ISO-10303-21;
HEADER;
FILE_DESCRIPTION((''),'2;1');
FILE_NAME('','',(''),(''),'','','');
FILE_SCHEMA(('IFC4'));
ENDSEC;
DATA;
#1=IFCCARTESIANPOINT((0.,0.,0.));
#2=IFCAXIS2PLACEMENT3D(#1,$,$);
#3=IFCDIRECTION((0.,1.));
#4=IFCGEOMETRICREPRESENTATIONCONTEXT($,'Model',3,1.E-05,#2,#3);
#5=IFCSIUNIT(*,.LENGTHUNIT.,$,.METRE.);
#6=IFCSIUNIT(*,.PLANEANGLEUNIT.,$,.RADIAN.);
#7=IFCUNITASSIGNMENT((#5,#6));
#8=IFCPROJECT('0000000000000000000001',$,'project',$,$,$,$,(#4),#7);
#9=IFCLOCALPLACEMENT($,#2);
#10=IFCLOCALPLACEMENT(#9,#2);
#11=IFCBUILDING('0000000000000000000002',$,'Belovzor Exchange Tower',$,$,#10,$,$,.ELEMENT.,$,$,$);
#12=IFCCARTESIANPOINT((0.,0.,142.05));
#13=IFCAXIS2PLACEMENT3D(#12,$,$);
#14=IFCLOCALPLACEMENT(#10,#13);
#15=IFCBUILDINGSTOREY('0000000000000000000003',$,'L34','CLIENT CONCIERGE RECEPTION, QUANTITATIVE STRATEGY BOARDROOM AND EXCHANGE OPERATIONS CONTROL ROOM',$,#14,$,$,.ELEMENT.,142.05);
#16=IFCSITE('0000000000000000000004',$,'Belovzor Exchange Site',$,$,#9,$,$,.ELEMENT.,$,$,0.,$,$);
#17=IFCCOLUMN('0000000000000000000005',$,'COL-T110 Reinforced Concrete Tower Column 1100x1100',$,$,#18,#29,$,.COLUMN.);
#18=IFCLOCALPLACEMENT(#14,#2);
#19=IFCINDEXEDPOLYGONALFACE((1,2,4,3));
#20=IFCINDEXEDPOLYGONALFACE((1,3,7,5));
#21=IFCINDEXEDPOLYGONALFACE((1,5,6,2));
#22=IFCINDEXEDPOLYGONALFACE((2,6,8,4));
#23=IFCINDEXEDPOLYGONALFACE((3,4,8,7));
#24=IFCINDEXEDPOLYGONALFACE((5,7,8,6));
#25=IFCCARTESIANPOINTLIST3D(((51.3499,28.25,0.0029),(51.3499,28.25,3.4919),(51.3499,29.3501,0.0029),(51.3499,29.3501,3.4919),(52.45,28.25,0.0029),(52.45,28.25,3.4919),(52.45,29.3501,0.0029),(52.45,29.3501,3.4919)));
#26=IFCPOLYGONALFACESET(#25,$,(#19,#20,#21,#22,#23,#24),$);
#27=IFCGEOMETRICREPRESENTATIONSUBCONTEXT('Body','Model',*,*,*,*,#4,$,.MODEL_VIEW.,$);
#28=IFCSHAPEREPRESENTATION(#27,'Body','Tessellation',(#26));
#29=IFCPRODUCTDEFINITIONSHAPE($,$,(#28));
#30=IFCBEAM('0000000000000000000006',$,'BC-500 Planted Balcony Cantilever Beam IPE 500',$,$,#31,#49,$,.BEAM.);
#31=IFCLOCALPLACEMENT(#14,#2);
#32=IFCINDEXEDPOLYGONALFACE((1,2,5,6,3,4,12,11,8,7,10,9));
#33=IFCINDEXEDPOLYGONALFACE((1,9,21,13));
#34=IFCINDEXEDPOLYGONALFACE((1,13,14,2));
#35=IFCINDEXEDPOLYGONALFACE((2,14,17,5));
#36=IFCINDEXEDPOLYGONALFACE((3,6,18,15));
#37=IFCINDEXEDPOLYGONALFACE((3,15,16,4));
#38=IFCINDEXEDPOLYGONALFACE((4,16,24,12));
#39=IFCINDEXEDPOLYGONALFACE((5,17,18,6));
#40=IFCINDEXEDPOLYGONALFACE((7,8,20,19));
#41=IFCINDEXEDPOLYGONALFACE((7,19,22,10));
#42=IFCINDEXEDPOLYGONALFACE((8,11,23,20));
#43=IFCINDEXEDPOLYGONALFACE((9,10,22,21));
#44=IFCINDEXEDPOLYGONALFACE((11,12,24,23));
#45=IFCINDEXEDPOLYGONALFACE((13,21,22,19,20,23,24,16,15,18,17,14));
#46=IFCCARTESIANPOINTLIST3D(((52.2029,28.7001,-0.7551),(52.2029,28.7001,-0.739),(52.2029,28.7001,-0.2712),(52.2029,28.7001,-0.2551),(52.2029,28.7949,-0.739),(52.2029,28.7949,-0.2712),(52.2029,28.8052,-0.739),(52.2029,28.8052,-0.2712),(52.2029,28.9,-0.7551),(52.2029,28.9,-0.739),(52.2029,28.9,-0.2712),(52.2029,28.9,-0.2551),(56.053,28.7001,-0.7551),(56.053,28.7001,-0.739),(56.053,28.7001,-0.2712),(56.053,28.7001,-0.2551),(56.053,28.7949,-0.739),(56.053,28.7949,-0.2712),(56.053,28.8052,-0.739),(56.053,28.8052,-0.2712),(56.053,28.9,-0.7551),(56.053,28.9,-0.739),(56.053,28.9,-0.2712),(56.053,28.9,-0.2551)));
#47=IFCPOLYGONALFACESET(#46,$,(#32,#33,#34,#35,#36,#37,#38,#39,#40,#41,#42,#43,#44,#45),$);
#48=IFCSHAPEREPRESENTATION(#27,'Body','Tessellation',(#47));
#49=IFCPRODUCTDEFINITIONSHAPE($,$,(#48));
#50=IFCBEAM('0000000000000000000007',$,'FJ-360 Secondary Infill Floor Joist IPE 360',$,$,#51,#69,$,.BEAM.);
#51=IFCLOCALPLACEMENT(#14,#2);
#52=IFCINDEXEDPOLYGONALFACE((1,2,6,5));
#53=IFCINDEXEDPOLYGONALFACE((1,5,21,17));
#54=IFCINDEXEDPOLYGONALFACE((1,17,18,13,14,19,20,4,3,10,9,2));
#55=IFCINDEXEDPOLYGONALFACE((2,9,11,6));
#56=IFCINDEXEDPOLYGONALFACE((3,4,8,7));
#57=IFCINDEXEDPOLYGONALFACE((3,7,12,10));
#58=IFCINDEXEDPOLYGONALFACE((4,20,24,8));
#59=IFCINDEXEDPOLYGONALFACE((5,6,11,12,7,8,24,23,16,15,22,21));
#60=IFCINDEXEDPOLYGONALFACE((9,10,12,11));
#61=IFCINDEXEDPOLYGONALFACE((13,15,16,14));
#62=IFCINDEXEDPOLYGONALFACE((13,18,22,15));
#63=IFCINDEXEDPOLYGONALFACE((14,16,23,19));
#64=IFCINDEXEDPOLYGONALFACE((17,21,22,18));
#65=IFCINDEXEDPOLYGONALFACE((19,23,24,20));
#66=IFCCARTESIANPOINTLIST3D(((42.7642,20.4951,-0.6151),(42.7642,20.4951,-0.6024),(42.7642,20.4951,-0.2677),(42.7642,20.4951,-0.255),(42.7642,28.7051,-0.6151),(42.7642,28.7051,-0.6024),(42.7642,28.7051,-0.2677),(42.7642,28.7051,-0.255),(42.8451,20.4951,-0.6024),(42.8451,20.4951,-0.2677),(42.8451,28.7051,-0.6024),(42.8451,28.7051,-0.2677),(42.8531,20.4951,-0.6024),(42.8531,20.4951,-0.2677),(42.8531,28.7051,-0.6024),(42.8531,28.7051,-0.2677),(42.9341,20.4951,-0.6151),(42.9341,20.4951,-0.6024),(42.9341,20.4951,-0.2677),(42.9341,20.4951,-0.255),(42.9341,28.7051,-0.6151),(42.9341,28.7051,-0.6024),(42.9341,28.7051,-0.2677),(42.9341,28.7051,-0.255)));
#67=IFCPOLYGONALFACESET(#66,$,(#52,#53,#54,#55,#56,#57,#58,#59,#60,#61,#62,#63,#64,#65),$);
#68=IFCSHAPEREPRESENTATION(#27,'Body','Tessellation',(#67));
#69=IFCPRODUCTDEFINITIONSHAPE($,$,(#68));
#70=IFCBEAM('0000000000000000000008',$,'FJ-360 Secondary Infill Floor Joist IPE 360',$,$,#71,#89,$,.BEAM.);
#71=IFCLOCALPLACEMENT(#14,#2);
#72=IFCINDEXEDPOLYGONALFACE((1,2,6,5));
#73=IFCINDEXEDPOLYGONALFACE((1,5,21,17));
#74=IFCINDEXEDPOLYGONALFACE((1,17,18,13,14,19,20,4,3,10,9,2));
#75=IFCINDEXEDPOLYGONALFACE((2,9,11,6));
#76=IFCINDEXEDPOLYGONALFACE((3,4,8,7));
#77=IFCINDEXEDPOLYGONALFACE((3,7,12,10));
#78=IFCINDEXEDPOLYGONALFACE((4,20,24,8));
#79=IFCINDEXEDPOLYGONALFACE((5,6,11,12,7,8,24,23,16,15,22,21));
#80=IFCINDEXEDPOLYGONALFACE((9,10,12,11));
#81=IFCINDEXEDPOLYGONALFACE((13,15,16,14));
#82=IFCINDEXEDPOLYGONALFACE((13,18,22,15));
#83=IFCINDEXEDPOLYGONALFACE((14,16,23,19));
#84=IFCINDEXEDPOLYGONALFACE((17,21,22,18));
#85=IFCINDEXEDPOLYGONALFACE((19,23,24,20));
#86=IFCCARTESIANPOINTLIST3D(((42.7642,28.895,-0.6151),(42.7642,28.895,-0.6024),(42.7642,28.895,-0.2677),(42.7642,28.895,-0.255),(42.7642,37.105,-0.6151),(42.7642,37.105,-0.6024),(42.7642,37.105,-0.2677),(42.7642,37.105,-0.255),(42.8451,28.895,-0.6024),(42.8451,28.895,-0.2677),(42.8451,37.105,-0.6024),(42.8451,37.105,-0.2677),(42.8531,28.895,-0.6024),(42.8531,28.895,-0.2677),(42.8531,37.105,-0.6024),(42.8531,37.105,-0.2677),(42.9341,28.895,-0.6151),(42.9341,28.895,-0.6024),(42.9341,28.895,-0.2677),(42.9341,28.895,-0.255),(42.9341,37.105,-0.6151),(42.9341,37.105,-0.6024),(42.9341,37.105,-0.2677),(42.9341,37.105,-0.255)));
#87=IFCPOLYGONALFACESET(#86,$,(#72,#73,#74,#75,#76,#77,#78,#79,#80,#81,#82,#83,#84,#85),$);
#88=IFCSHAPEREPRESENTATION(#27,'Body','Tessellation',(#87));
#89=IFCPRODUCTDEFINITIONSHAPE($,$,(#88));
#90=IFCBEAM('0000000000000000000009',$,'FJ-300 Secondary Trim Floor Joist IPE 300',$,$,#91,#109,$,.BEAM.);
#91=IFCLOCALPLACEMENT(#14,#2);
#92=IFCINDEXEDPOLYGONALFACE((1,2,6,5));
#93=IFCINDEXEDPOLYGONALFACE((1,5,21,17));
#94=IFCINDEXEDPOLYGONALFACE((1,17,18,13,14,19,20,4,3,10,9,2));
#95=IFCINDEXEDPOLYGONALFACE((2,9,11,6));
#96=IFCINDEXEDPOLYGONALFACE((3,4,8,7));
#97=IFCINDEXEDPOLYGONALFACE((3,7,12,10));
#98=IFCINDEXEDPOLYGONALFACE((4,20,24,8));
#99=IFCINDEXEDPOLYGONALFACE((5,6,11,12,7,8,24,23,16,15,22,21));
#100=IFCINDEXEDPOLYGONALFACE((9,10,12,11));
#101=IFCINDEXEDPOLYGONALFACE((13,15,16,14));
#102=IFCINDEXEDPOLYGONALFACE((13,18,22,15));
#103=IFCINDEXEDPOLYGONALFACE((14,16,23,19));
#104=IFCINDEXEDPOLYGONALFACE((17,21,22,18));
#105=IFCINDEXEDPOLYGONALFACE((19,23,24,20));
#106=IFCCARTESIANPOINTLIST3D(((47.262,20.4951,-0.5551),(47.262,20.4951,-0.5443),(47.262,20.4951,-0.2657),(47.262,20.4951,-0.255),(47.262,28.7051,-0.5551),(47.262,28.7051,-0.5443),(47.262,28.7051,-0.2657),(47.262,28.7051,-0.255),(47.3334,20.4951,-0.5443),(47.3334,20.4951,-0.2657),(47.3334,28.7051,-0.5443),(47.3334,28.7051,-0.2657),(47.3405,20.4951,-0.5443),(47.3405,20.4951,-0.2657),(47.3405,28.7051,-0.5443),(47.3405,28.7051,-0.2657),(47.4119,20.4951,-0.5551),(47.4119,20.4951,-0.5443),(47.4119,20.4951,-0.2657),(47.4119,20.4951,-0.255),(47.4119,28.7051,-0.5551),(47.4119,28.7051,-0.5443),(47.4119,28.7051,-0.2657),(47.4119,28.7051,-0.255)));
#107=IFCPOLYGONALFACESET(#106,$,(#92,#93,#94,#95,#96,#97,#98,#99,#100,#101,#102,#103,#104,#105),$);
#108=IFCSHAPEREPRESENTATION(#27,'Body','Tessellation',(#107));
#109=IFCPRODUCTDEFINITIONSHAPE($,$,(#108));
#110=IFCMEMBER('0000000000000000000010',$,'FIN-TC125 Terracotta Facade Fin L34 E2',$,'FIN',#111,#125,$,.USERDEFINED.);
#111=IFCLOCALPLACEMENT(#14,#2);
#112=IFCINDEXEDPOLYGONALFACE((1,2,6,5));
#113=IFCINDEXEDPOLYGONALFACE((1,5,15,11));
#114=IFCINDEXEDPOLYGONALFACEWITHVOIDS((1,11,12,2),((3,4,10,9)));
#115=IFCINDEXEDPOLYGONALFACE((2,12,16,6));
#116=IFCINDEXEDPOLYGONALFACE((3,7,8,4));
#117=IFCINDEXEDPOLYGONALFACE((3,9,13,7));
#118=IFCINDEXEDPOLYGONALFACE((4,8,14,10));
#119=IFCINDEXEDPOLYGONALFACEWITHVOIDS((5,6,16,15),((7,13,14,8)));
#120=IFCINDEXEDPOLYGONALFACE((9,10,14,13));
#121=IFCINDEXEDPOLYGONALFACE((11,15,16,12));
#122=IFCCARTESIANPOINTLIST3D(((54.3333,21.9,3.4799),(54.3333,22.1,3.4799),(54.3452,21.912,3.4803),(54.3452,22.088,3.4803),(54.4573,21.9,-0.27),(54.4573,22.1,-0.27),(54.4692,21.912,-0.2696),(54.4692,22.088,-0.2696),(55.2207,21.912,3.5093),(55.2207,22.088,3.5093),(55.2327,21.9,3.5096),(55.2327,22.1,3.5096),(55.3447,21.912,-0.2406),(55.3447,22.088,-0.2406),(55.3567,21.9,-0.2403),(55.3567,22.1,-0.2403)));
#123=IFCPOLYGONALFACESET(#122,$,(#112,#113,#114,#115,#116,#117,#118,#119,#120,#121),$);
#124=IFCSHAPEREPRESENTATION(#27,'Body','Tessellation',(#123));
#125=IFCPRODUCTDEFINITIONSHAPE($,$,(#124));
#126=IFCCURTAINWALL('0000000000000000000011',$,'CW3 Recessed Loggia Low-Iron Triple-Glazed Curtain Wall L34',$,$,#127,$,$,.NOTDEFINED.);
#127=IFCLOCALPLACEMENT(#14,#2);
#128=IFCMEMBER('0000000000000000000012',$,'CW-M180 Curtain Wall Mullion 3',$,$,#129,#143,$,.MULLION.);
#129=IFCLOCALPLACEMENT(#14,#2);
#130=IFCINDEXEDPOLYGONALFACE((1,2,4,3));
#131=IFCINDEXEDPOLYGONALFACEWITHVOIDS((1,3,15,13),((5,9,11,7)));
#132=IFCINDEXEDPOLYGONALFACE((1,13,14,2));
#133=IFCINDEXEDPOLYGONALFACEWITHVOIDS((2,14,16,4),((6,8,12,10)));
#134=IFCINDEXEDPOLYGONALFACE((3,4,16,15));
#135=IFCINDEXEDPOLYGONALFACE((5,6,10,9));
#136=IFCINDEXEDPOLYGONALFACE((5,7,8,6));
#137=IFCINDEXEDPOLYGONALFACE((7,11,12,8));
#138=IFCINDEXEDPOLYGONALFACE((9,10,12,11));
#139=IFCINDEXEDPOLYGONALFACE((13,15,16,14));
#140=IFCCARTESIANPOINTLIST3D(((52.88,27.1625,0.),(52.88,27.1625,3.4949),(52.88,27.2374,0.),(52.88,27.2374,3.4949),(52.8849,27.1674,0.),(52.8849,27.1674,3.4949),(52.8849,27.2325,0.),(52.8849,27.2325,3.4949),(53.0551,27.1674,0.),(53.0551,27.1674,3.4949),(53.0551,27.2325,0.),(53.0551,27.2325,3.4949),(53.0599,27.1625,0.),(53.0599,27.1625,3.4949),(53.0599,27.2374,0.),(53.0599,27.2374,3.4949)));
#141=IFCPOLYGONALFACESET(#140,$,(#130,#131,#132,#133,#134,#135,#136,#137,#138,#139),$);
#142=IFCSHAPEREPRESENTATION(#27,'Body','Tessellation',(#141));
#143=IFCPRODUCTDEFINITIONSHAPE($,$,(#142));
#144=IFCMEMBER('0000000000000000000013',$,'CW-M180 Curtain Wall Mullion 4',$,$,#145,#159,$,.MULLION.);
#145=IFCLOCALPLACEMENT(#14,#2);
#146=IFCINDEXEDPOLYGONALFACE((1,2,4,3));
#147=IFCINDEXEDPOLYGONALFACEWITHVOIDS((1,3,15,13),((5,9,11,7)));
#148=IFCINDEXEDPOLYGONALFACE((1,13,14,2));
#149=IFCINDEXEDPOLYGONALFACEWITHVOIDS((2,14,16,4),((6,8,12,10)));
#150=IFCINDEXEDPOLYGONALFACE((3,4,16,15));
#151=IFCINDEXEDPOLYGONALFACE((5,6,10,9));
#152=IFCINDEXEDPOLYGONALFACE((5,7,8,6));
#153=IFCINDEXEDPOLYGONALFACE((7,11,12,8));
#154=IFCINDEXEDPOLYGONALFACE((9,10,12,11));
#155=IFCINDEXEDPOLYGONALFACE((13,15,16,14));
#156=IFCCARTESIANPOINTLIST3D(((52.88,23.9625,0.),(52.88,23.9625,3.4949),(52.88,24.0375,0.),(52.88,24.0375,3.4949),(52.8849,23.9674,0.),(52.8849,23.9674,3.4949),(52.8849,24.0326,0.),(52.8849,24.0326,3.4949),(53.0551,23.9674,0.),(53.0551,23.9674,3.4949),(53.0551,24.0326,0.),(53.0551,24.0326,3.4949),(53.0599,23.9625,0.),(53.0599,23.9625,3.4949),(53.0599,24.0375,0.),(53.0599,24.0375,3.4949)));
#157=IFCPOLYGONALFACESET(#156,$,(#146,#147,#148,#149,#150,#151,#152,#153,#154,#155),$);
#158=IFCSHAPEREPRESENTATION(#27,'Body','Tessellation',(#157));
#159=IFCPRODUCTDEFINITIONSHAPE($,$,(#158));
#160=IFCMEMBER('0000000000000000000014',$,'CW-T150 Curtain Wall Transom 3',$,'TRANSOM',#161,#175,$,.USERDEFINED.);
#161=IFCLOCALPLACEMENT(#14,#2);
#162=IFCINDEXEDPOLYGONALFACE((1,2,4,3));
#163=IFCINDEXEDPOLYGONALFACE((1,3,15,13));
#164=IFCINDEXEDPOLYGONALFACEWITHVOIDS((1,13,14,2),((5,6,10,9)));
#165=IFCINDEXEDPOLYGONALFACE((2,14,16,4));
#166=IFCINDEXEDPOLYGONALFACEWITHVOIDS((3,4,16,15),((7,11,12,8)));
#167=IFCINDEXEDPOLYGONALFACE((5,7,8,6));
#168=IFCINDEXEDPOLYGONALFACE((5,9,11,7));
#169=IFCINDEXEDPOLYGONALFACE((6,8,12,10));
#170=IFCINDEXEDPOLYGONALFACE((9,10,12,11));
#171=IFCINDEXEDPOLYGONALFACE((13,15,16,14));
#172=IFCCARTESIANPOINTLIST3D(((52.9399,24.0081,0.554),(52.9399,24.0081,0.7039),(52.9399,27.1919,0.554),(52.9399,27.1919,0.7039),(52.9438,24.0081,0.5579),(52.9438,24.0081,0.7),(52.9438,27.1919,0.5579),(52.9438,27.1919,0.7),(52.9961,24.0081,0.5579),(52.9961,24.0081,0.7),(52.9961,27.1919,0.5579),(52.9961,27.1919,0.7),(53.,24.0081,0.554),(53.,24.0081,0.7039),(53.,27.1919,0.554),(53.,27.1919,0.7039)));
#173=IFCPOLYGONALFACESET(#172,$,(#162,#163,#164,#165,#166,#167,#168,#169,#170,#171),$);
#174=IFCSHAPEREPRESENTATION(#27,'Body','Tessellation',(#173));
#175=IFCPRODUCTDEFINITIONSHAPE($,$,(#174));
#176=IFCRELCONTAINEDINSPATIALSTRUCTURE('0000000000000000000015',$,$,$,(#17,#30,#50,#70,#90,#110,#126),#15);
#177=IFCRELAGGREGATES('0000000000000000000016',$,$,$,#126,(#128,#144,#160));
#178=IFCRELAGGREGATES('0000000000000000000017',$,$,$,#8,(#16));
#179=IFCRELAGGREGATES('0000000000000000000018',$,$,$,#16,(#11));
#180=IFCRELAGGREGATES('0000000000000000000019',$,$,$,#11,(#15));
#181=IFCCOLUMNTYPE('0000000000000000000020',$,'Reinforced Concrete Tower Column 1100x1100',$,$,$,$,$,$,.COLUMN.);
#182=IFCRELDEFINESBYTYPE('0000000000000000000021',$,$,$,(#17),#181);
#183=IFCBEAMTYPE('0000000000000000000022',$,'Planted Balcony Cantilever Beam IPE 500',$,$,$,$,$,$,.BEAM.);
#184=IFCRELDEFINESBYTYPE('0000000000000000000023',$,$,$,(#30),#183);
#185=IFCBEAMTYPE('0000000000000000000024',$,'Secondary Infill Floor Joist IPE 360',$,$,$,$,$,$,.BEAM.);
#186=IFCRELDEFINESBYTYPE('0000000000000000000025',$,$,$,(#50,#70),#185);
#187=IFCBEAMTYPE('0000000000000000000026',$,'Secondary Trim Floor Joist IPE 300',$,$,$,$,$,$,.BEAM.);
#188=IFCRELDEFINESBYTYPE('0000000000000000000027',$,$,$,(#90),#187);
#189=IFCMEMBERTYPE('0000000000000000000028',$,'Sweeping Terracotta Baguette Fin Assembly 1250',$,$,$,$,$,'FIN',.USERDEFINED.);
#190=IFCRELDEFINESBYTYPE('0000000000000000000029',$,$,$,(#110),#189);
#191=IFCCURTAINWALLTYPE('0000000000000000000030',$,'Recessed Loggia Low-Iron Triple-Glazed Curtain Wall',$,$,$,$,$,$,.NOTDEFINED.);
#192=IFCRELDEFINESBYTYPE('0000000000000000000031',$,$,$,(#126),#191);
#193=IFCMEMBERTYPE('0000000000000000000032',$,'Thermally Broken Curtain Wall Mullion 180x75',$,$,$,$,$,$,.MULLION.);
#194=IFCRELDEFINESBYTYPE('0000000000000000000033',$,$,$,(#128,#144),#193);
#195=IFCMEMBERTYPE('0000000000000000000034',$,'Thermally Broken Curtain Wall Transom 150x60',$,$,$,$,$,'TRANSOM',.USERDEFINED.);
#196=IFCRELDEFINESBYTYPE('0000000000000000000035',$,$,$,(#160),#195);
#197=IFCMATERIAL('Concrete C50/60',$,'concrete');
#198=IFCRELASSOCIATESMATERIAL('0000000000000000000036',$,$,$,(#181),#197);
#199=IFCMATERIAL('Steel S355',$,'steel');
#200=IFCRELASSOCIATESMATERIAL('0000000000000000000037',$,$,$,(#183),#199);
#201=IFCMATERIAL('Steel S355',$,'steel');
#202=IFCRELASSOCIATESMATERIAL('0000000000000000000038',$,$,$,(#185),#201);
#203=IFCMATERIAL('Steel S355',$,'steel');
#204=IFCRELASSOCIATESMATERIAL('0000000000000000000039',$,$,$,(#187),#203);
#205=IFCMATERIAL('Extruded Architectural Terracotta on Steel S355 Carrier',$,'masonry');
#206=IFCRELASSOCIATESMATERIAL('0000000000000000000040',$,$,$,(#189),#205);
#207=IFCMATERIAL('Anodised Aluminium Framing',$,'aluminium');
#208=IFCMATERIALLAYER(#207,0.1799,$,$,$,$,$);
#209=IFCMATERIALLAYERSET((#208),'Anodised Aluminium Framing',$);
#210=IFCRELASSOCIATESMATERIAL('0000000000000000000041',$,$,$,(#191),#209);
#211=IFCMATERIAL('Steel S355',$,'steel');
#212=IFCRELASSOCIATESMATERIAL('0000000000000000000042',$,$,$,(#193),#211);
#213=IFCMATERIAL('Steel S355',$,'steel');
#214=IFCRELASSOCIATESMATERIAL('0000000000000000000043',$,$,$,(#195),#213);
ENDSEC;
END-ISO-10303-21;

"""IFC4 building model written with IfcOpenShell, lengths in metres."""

from ifc_helpers import new_model, si_unit, direction, frame, origin, origin_2d, place, context, subcontext, project, spatial, rectangle, hollow_rectangle, i_section, extrude, material, layer, layer_set, material_profile, profile_set, type_object, element, aggregate, save


model = new_model("IFC4")

# Units and contexts
model_context = context("Model", 3, precision=1e-05, world=origin(), true_north=direction((0.0, 1.0)))
body_context = subcontext(model_context, "Body", "Model", "MODEL_VIEW")
ifc_project = project(units=[si_unit("LENGTHUNIT", "METRE"), si_unit("PLANEANGLEUNIT", "RADIAN")], contexts=[model_context])

# Site, building, storey
site_placement = place(None, origin())
site = spatial("IfcSite", under=ifc_project, at=site_placement, Name="Belovzor Exchange Site", CompositionType="ELEMENT", RefElevation=0.0)
building_placement = place(site_placement, origin())
building = spatial("IfcBuilding", under=site, at=building_placement, Name="Belovzor Exchange Tower", CompositionType="ELEMENT")
storey_placement = place(building_placement, frame((0.0, 0.0, 142.05)))
storey = spatial("IfcBuildingStorey", under=building, at=storey_placement, Name="L34", Description="CLIENT CONCIERGE RECEPTION, QUANTITATIVE STRATEGY BOARDROOM AND EXCHANGE OPERATIONS CONTROL ROOM", CompositionType="ELEMENT", Elevation=142.05)

# Column
ifc_material_1 = material(Name="Concrete C50/60", Category="concrete")
ifc_material_profile_1 = material_profile(ifc_material_1, rectangle(XDim=1.1001, YDim=1.1001, at=origin_2d()))
ifc_profile_set_1 = profile_set([ifc_material_profile_1], Name="Concrete C50/60")
column_type = type_object("IfcColumnType", Name="Reinforced Concrete Tower Column 1100x1100", PredefinedType="COLUMN", material=ifc_profile_set_1)
column_placement = place(storey_placement, frame((51.8999, 28.8, 0.0029), z_axis=(0.0, 0.0, 1.0), x_axis=(1.0, 0.0, 0.0)))
element("IfcColumn", 1, at=column_placement, inside=storey, type_object=column_type, Name="COL-T110 Reinforced Concrete Tower Column 1100x1100", PredefinedType="COLUMN", context=body_context, shape_type="SweptSolid", body=[
    extrude(rectangle(XDim=1.1001, YDim=1.1001, at=origin_2d()), origin(), (0.0, 0.0, 1.0), 3.489),
])

# Beams
ifc_material_2 = material(Name="Steel S355", Category="steel")
ifc_material_profile_2 = material_profile(ifc_material_2, i_section(OverallWidth=0.2, OverallDepth=0.5, WebThickness=0.0103, FlangeThickness=0.0161, at=origin_2d()))
ifc_profile_set_2 = profile_set([ifc_material_profile_2], Name="Steel S355")
beam_type_1 = type_object("IfcBeamType", Name="Planted Balcony Cantilever Beam IPE 500", PredefinedType="BEAM", material=ifc_profile_set_2)
beam_1_placement = place(storey_placement, frame((52.2029, 28.8, -0.5051), z_axis=(1.0, 0.0, 0.0), x_axis=(0.0, 1.0, 0.0)))
element("IfcBeam", 2, at=beam_1_placement, inside=storey, type_object=beam_type_1, Name="BC-500 Planted Balcony Cantilever Beam IPE 500", PredefinedType="BEAM", context=body_context, shape_type="SweptSolid", body=[
    extrude(i_section(OverallWidth=0.2, OverallDepth=0.5, WebThickness=0.0103, FlangeThickness=0.0161, at=origin_2d()), origin(), (0.0, 0.0, 1.0), 3.8501),
])
ifc_material_3 = material(Name="Steel S355", Category="steel")
ifc_material_profile_3 = material_profile(ifc_material_3, i_section(OverallWidth=0.1699, OverallDepth=0.3601, WebThickness=0.0081, FlangeThickness=0.0127, at=origin_2d()))
ifc_profile_set_3 = profile_set([ifc_material_profile_3], Name="Steel S355")
beam_type_2 = type_object("IfcBeamType", Name="Secondary Infill Floor Joist IPE 360", PredefinedType="BEAM", material=ifc_profile_set_3)
for number, where, z_axis, x_axis, name in (
    (3, (42.8491, 20.4951, -0.4351), (0.0, 1.0, 0.0), (-1.0, 0.0, 0.0), "FJ-360 Secondary Infill Floor Joist IPE 360"),
    (4, (42.8491, 28.895, -0.4351), (0.0, 1.0, 0.0), (-1.0, 0.0, 0.0), "FJ-360 Secondary Infill Floor Joist IPE 360"),
):
    element("IfcBeam", number, at=place(storey_placement, frame(where, z_axis=z_axis, x_axis=x_axis)), inside=storey, type_object=beam_type_2, Name=name, PredefinedType="BEAM", context=body_context, shape_type="SweptSolid", body=[
        extrude(i_section(OverallWidth=0.1699, OverallDepth=0.3601, WebThickness=0.0081, FlangeThickness=0.0127, at=origin_2d()), origin(), (0.0, 0.0, 1.0), 8.21),
    ])
ifc_material_4 = material(Name="Steel S355", Category="steel")
ifc_material_profile_4 = material_profile(ifc_material_4, i_section(OverallWidth=0.1499, OverallDepth=0.3, WebThickness=0.0071, FlangeThickness=0.0107, at=origin_2d()))
ifc_profile_set_4 = profile_set([ifc_material_profile_4], Name="Steel S355")
beam_type_3 = type_object("IfcBeamType", Name="Secondary Trim Floor Joist IPE 300", PredefinedType="BEAM", material=ifc_profile_set_4)
beam_2_placement = place(storey_placement, frame((47.3369, 20.4951, -0.405), z_axis=(0.0, 1.0, 0.0), x_axis=(-1.0, 0.0, 0.0)))
element("IfcBeam", 5, at=beam_2_placement, inside=storey, type_object=beam_type_3, Name="FJ-300 Secondary Trim Floor Joist IPE 300", PredefinedType="BEAM", context=body_context, shape_type="SweptSolid", body=[
    extrude(i_section(OverallWidth=0.1499, OverallDepth=0.3, WebThickness=0.0071, FlangeThickness=0.0107, at=origin_2d()), origin(), (0.0, 0.0, 1.0), 8.21),
])

# Member
ifc_material_5 = material(Name="Extruded Architectural Terracotta on Steel S355 Carrier", Category="masonry")
ifc_material_profile_5 = material_profile(ifc_material_5, hollow_rectangle(XDim=0.2, YDim=0.8999, WallThickness=0.012, at=origin_2d()))
ifc_profile_set_5 = profile_set([ifc_material_profile_5], Name="Extruded Architectural Terracotta on Steel S355 Carrier")
member_type_1 = type_object("IfcMemberType", Name="Sweeping Terracotta Baguette Fin Assembly 1250", ElementType="FIN", PredefinedType="USERDEFINED", material=ifc_profile_set_5)
member_1_placement = place(storey_placement, frame((54.907, 22.0, -0.2551), z_axis=(-0.033055, 0.0, 0.999454), x_axis=(0.0, -1.0, 0.0)))
element("IfcMember", 6, at=member_1_placement, inside=storey, type_object=member_type_1, Name="FIN-TC125 Terracotta Facade Fin L34 E2", ObjectType="FIN", PredefinedType="USERDEFINED", context=body_context, shape_type="SweptSolid", body=[
    extrude(hollow_rectangle(XDim=0.2, YDim=0.8999, WallThickness=0.012, at=origin_2d()), origin(), (0.0, 0.0, 1.0), 3.752),
])

# Curtain wall, members
ifc_material_6 = material(Name="Anodised Aluminium Framing", Category="aluminium")
ifc_layer_1 = layer(ifc_material_6, 0.1799)
ifc_layer_set_1 = layer_set([ifc_layer_1], Name="Anodised Aluminium Framing")
curtain_wall_type = type_object("IfcCurtainWallType", Name="Recessed Loggia Low-Iron Triple-Glazed Curtain Wall", PredefinedType="NOTDEFINED", material=ifc_layer_set_1)
curtain_wall_placement = place(storey_placement, origin())
curtain_wall = element("IfcCurtainWall", 7, at=curtain_wall_placement, inside=storey, type_object=curtain_wall_type, Name="CW3 Recessed Loggia Low-Iron Triple-Glazed Curtain Wall L34", PredefinedType="NOTDEFINED")
ifc_material_7 = material(Name="Steel S355", Category="steel")
ifc_material_profile_6 = material_profile(ifc_material_7, hollow_rectangle(XDim=0.075, YDim=0.1799, WallThickness=0.0049, at=origin_2d()))
ifc_profile_set_6 = profile_set([ifc_material_profile_6], Name="Steel S355")
member_type_2 = type_object("IfcMemberType", Name="Thermally Broken Curtain Wall Mullion 180x75", PredefinedType="MULLION", material=ifc_profile_set_6)
member_2_placement = place(storey_placement, frame((52.97, 27.2, 0.0), z_axis=(0.0, 0.0, 1.0), x_axis=(0.0, -1.0, 0.0)))
member_2 = element("IfcMember", 8, at=member_2_placement, type_object=member_type_2, Name="CW-M180 Curtain Wall Mullion 3", PredefinedType="MULLION", context=body_context, shape_type="SweptSolid", body=[
    extrude(hollow_rectangle(XDim=0.075, YDim=0.1799, WallThickness=0.0049, at=origin_2d()), origin(), (0.0, 0.0, 1.0), 3.4949),
])
member_3_placement = place(storey_placement, frame((52.97, 24.0, 0.0), z_axis=(0.0, 0.0, 1.0), x_axis=(0.0, -1.0, 0.0)))
member_3 = element("IfcMember", 9, at=member_3_placement, type_object=member_type_2, Name="CW-M180 Curtain Wall Mullion 4", PredefinedType="MULLION", context=body_context, shape_type="SweptSolid", body=[
    extrude(hollow_rectangle(XDim=0.075, YDim=0.1799, WallThickness=0.0049, at=origin_2d()), origin(), (0.0, 0.0, 1.0), 3.4949),
])
ifc_material_8 = material(Name="Steel S355", Category="steel")
ifc_material_profile_7 = material_profile(ifc_material_8, hollow_rectangle(XDim=0.0601, YDim=0.1499, WallThickness=0.0039, at=origin_2d()))
ifc_profile_set_7 = profile_set([ifc_material_profile_7], Name="Steel S355")
member_type_3 = type_object("IfcMemberType", Name="Thermally Broken Curtain Wall Transom 150x60", ElementType="TRANSOM", PredefinedType="USERDEFINED", material=ifc_profile_set_7)
member_4_placement = place(storey_placement, frame((52.97, 27.1919, 0.6289), z_axis=(0.0, -1.0, 0.0), x_axis=(1.0, 0.0, 0.0)))
member_4 = element("IfcMember", 10, at=member_4_placement, type_object=member_type_3, Name="CW-T150 Curtain Wall Transom 3", ObjectType="TRANSOM", PredefinedType="USERDEFINED", context=body_context, shape_type="SweptSolid", body=[
    extrude(hollow_rectangle(XDim=0.0601, YDim=0.1499, WallThickness=0.0039, at=origin_2d()), origin(), (0.0, 0.0, 1.0), 3.1838),
])

aggregate(curtain_wall, [member_2, member_3, member_4])

save(model, "model.ifc")
